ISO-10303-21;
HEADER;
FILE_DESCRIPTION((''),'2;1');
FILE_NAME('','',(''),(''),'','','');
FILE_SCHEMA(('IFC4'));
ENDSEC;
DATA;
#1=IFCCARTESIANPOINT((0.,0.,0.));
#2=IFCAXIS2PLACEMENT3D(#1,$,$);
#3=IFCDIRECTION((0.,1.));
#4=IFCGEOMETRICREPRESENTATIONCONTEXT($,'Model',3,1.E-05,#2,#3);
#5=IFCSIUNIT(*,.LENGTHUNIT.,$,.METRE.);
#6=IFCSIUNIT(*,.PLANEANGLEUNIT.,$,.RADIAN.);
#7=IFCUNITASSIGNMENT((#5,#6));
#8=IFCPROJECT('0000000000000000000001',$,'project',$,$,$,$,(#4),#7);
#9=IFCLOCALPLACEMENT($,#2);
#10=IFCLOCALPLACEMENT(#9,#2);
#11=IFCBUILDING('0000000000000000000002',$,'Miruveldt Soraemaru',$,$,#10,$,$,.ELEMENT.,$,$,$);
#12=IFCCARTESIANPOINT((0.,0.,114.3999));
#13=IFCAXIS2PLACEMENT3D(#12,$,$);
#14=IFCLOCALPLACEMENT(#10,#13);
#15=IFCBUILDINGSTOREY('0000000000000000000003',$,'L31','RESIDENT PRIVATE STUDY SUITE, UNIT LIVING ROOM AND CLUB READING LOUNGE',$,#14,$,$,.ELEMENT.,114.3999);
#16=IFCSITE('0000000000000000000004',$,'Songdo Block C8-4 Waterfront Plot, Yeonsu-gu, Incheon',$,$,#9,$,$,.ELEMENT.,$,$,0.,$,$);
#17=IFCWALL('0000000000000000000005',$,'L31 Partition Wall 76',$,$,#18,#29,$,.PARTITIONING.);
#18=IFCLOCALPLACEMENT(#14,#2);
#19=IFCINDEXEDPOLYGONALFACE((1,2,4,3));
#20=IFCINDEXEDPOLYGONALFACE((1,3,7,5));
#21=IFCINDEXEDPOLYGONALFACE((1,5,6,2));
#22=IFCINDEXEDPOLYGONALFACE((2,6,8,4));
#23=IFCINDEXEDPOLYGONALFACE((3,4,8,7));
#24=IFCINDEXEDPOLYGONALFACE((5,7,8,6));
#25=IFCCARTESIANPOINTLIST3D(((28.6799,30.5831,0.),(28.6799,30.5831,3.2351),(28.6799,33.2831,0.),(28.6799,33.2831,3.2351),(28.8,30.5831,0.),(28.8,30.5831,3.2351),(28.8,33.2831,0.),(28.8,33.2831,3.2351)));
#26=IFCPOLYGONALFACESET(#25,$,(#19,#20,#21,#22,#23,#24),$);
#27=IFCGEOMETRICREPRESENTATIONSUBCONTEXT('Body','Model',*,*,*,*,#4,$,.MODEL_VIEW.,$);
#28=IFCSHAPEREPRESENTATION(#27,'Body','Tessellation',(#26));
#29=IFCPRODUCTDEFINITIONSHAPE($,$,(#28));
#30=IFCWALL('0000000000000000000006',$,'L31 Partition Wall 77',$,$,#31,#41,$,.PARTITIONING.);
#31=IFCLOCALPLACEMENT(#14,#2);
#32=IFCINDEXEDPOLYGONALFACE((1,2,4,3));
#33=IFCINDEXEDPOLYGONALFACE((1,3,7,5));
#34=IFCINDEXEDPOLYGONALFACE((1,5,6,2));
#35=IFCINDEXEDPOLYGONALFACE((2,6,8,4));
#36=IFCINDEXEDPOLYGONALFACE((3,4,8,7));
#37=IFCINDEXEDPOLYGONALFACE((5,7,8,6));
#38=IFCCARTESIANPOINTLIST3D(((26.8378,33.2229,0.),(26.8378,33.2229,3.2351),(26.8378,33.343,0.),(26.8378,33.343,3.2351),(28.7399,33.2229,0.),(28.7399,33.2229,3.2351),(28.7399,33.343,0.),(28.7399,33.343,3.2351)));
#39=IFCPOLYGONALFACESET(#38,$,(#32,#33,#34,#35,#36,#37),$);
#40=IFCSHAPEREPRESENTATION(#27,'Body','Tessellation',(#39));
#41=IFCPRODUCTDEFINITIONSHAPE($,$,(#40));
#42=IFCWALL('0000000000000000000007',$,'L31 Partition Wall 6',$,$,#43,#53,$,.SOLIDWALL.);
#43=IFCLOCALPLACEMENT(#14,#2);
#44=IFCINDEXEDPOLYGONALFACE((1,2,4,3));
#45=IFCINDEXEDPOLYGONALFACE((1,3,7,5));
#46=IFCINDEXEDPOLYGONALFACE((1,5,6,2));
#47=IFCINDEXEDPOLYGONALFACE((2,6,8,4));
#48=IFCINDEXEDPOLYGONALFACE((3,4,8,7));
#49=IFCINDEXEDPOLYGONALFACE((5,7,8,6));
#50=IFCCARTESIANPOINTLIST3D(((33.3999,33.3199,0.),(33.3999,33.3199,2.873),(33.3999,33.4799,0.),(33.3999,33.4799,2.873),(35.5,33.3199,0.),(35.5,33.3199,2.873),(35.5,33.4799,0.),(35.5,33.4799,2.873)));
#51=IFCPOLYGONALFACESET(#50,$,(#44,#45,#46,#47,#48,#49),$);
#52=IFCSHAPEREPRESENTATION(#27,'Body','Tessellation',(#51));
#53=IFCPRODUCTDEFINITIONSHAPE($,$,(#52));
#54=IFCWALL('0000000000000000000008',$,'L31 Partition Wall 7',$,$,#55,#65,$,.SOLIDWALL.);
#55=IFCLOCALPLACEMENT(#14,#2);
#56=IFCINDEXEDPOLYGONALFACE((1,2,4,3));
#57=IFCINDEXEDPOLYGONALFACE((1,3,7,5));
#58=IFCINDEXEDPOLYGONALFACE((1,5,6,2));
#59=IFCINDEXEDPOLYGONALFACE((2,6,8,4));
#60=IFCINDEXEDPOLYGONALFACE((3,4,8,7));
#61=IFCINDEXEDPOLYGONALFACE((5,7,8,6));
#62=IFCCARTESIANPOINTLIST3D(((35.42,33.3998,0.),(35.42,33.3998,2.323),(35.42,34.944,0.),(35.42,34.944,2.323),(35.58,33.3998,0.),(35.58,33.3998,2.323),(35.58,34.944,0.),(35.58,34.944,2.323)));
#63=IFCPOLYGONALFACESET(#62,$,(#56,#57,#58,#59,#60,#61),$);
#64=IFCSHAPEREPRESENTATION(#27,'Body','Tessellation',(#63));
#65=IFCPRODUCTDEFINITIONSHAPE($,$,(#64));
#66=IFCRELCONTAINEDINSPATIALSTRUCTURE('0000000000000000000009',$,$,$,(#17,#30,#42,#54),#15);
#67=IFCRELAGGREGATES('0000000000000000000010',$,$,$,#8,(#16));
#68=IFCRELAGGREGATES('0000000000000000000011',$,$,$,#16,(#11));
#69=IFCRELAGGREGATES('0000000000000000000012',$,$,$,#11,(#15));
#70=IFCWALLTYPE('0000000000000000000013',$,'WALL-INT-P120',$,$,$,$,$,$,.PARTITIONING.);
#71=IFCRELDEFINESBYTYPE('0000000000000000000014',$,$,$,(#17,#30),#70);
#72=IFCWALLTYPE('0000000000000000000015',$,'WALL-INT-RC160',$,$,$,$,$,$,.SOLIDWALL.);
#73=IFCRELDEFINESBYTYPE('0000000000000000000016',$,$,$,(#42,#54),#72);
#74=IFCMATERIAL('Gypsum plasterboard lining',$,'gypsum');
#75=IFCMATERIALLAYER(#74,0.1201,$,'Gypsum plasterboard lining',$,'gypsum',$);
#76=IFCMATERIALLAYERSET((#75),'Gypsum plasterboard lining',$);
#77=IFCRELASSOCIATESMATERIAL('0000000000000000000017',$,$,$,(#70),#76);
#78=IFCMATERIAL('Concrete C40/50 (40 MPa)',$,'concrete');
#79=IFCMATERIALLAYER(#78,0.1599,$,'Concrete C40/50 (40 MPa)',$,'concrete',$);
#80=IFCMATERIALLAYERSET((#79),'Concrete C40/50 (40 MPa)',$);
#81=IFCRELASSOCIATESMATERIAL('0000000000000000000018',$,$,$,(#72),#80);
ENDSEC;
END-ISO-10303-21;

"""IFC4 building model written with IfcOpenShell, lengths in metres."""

from ifc_helpers import new_model, si_unit, direction, frame, frame_2d, origin, place, context, subcontext, project, spatial, rectangle, extrude, material, layer, layer_set, type_object, element, save


model = new_model("IFC4")

# Units and contexts
model_context = context("Model", 3, precision=1e-05, world=origin(), true_north=direction((0.0, 1.0)))
body_context = subcontext(model_context, "Body", "Model", "MODEL_VIEW")
ifc_project = project(units=[si_unit("LENGTHUNIT", "METRE"), si_unit("PLANEANGLEUNIT", "RADIAN")], contexts=[model_context])

# Site, building, storey
site_placement = place(None, origin())
site = spatial("IfcSite", under=ifc_project, at=site_placement, Name="Songdo Block C8-4 Waterfront Plot, Yeonsu-gu, Incheon", CompositionType="ELEMENT", RefElevation=0.0)
building_placement = place(site_placement, origin())
building = spatial("IfcBuilding", under=site, at=building_placement, Name="Miruveldt Soraemaru", CompositionType="ELEMENT")
storey_placement = place(building_placement, frame((0.0, 0.0, 114.3999)))
storey = spatial("IfcBuildingStorey", under=building, at=storey_placement, Name="L31", Description="RESIDENT PRIVATE STUDY SUITE, UNIT LIVING ROOM AND CLUB READING LOUNGE", CompositionType="ELEMENT", Elevation=114.3999)

# Shared definitions
ifc_material_1 = material(Name="Gypsum plasterboard lining", Category="gypsum")
ifc_layer_1 = layer(ifc_material_1, 0.1201, Name="Gypsum plasterboard lining", Category="gypsum")
ifc_layer_set_1 = layer_set([ifc_layer_1], Name="Gypsum plasterboard lining")
wall_type_1 = type_object("IfcWallType", Name="WALL-INT-P120", PredefinedType="PARTITIONING", material=ifc_layer_set_1)

# Walls
wall_1_placement = place(storey_placement, frame((28.74, 30.583, 0.0), z_axis=(0.0, 0.0, 1.0), x_axis=(0.0, 1.0, 0.0)))
element("IfcWall", 1, at=wall_1_placement, inside=storey, type_object=wall_type_1, Name="L31 Partition Wall 76", PredefinedType="PARTITIONING", context=body_context, shape_type="SweptSolid", body=[
    extrude(rectangle(XDim=2.7, YDim=0.1201, at=frame_2d((1.3501, 0.0))), origin(), (0.0, 0.0, 1.0), 3.2351),
])
wall_2_placement = place(storey_placement, frame((28.74, 33.283, 0.0), z_axis=(0.0, 0.0, 1.0), x_axis=(-1.0, 0.0, 0.0)))
element("IfcWall", 2, at=wall_2_placement, inside=storey, type_object=wall_type_1, Name="L31 Partition Wall 77", PredefinedType="PARTITIONING", context=body_context, shape_type="SweptSolid", body=[
    extrude(rectangle(XDim=1.9021, YDim=0.1201, at=frame_2d((0.9512, 0.0))), origin(), (0.0, 0.0, 1.0), 3.2351),
])
ifc_material_2 = material(Name="Concrete C40/50 (40 MPa)", Category="concrete")
ifc_layer_2 = layer(ifc_material_2, 0.1599, Name="Concrete C40/50 (40 MPa)", Category="concrete")
ifc_layer_set_2 = layer_set([ifc_layer_2], Name="Concrete C40/50 (40 MPa)")
wall_type_2 = type_object("IfcWallType", Name="WALL-INT-RC160", PredefinedType="SOLIDWALL", material=ifc_layer_set_2)
wall_3_placement = place(storey_placement, frame((33.3999, 33.3999, 0.0), z_axis=(0.0, 0.0, 1.0), x_axis=(1.0, 0.0, 0.0)))
element("IfcWall", 3, at=wall_3_placement, inside=storey, type_object=wall_type_2, Name="L31 Partition Wall 6", PredefinedType="SOLIDWALL", context=body_context, shape_type="SweptSolid", body=[
    extrude(rectangle(XDim=2.1001, YDim=0.1599, at=frame_2d((1.05, 0.0))), origin(), (0.0, 0.0, 1.0), 2.873),
])
wall_4_placement = place(storey_placement, frame((35.5, 33.3999, 0.0), z_axis=(0.0, 0.0, 1.0), x_axis=(0.0, 1.0, 0.0)))
element("IfcWall", 4, at=wall_4_placement, inside=storey, type_object=wall_type_2, Name="L31 Partition Wall 7", PredefinedType="SOLIDWALL", context=body_context, shape_type="SweptSolid", body=[
    extrude(rectangle(XDim=1.5442, YDim=0.1599, at=frame_2d((0.772, 0.0))), origin(), (0.0, 0.0, 1.0), 2.323),
])

save(model, "model.ifc")
